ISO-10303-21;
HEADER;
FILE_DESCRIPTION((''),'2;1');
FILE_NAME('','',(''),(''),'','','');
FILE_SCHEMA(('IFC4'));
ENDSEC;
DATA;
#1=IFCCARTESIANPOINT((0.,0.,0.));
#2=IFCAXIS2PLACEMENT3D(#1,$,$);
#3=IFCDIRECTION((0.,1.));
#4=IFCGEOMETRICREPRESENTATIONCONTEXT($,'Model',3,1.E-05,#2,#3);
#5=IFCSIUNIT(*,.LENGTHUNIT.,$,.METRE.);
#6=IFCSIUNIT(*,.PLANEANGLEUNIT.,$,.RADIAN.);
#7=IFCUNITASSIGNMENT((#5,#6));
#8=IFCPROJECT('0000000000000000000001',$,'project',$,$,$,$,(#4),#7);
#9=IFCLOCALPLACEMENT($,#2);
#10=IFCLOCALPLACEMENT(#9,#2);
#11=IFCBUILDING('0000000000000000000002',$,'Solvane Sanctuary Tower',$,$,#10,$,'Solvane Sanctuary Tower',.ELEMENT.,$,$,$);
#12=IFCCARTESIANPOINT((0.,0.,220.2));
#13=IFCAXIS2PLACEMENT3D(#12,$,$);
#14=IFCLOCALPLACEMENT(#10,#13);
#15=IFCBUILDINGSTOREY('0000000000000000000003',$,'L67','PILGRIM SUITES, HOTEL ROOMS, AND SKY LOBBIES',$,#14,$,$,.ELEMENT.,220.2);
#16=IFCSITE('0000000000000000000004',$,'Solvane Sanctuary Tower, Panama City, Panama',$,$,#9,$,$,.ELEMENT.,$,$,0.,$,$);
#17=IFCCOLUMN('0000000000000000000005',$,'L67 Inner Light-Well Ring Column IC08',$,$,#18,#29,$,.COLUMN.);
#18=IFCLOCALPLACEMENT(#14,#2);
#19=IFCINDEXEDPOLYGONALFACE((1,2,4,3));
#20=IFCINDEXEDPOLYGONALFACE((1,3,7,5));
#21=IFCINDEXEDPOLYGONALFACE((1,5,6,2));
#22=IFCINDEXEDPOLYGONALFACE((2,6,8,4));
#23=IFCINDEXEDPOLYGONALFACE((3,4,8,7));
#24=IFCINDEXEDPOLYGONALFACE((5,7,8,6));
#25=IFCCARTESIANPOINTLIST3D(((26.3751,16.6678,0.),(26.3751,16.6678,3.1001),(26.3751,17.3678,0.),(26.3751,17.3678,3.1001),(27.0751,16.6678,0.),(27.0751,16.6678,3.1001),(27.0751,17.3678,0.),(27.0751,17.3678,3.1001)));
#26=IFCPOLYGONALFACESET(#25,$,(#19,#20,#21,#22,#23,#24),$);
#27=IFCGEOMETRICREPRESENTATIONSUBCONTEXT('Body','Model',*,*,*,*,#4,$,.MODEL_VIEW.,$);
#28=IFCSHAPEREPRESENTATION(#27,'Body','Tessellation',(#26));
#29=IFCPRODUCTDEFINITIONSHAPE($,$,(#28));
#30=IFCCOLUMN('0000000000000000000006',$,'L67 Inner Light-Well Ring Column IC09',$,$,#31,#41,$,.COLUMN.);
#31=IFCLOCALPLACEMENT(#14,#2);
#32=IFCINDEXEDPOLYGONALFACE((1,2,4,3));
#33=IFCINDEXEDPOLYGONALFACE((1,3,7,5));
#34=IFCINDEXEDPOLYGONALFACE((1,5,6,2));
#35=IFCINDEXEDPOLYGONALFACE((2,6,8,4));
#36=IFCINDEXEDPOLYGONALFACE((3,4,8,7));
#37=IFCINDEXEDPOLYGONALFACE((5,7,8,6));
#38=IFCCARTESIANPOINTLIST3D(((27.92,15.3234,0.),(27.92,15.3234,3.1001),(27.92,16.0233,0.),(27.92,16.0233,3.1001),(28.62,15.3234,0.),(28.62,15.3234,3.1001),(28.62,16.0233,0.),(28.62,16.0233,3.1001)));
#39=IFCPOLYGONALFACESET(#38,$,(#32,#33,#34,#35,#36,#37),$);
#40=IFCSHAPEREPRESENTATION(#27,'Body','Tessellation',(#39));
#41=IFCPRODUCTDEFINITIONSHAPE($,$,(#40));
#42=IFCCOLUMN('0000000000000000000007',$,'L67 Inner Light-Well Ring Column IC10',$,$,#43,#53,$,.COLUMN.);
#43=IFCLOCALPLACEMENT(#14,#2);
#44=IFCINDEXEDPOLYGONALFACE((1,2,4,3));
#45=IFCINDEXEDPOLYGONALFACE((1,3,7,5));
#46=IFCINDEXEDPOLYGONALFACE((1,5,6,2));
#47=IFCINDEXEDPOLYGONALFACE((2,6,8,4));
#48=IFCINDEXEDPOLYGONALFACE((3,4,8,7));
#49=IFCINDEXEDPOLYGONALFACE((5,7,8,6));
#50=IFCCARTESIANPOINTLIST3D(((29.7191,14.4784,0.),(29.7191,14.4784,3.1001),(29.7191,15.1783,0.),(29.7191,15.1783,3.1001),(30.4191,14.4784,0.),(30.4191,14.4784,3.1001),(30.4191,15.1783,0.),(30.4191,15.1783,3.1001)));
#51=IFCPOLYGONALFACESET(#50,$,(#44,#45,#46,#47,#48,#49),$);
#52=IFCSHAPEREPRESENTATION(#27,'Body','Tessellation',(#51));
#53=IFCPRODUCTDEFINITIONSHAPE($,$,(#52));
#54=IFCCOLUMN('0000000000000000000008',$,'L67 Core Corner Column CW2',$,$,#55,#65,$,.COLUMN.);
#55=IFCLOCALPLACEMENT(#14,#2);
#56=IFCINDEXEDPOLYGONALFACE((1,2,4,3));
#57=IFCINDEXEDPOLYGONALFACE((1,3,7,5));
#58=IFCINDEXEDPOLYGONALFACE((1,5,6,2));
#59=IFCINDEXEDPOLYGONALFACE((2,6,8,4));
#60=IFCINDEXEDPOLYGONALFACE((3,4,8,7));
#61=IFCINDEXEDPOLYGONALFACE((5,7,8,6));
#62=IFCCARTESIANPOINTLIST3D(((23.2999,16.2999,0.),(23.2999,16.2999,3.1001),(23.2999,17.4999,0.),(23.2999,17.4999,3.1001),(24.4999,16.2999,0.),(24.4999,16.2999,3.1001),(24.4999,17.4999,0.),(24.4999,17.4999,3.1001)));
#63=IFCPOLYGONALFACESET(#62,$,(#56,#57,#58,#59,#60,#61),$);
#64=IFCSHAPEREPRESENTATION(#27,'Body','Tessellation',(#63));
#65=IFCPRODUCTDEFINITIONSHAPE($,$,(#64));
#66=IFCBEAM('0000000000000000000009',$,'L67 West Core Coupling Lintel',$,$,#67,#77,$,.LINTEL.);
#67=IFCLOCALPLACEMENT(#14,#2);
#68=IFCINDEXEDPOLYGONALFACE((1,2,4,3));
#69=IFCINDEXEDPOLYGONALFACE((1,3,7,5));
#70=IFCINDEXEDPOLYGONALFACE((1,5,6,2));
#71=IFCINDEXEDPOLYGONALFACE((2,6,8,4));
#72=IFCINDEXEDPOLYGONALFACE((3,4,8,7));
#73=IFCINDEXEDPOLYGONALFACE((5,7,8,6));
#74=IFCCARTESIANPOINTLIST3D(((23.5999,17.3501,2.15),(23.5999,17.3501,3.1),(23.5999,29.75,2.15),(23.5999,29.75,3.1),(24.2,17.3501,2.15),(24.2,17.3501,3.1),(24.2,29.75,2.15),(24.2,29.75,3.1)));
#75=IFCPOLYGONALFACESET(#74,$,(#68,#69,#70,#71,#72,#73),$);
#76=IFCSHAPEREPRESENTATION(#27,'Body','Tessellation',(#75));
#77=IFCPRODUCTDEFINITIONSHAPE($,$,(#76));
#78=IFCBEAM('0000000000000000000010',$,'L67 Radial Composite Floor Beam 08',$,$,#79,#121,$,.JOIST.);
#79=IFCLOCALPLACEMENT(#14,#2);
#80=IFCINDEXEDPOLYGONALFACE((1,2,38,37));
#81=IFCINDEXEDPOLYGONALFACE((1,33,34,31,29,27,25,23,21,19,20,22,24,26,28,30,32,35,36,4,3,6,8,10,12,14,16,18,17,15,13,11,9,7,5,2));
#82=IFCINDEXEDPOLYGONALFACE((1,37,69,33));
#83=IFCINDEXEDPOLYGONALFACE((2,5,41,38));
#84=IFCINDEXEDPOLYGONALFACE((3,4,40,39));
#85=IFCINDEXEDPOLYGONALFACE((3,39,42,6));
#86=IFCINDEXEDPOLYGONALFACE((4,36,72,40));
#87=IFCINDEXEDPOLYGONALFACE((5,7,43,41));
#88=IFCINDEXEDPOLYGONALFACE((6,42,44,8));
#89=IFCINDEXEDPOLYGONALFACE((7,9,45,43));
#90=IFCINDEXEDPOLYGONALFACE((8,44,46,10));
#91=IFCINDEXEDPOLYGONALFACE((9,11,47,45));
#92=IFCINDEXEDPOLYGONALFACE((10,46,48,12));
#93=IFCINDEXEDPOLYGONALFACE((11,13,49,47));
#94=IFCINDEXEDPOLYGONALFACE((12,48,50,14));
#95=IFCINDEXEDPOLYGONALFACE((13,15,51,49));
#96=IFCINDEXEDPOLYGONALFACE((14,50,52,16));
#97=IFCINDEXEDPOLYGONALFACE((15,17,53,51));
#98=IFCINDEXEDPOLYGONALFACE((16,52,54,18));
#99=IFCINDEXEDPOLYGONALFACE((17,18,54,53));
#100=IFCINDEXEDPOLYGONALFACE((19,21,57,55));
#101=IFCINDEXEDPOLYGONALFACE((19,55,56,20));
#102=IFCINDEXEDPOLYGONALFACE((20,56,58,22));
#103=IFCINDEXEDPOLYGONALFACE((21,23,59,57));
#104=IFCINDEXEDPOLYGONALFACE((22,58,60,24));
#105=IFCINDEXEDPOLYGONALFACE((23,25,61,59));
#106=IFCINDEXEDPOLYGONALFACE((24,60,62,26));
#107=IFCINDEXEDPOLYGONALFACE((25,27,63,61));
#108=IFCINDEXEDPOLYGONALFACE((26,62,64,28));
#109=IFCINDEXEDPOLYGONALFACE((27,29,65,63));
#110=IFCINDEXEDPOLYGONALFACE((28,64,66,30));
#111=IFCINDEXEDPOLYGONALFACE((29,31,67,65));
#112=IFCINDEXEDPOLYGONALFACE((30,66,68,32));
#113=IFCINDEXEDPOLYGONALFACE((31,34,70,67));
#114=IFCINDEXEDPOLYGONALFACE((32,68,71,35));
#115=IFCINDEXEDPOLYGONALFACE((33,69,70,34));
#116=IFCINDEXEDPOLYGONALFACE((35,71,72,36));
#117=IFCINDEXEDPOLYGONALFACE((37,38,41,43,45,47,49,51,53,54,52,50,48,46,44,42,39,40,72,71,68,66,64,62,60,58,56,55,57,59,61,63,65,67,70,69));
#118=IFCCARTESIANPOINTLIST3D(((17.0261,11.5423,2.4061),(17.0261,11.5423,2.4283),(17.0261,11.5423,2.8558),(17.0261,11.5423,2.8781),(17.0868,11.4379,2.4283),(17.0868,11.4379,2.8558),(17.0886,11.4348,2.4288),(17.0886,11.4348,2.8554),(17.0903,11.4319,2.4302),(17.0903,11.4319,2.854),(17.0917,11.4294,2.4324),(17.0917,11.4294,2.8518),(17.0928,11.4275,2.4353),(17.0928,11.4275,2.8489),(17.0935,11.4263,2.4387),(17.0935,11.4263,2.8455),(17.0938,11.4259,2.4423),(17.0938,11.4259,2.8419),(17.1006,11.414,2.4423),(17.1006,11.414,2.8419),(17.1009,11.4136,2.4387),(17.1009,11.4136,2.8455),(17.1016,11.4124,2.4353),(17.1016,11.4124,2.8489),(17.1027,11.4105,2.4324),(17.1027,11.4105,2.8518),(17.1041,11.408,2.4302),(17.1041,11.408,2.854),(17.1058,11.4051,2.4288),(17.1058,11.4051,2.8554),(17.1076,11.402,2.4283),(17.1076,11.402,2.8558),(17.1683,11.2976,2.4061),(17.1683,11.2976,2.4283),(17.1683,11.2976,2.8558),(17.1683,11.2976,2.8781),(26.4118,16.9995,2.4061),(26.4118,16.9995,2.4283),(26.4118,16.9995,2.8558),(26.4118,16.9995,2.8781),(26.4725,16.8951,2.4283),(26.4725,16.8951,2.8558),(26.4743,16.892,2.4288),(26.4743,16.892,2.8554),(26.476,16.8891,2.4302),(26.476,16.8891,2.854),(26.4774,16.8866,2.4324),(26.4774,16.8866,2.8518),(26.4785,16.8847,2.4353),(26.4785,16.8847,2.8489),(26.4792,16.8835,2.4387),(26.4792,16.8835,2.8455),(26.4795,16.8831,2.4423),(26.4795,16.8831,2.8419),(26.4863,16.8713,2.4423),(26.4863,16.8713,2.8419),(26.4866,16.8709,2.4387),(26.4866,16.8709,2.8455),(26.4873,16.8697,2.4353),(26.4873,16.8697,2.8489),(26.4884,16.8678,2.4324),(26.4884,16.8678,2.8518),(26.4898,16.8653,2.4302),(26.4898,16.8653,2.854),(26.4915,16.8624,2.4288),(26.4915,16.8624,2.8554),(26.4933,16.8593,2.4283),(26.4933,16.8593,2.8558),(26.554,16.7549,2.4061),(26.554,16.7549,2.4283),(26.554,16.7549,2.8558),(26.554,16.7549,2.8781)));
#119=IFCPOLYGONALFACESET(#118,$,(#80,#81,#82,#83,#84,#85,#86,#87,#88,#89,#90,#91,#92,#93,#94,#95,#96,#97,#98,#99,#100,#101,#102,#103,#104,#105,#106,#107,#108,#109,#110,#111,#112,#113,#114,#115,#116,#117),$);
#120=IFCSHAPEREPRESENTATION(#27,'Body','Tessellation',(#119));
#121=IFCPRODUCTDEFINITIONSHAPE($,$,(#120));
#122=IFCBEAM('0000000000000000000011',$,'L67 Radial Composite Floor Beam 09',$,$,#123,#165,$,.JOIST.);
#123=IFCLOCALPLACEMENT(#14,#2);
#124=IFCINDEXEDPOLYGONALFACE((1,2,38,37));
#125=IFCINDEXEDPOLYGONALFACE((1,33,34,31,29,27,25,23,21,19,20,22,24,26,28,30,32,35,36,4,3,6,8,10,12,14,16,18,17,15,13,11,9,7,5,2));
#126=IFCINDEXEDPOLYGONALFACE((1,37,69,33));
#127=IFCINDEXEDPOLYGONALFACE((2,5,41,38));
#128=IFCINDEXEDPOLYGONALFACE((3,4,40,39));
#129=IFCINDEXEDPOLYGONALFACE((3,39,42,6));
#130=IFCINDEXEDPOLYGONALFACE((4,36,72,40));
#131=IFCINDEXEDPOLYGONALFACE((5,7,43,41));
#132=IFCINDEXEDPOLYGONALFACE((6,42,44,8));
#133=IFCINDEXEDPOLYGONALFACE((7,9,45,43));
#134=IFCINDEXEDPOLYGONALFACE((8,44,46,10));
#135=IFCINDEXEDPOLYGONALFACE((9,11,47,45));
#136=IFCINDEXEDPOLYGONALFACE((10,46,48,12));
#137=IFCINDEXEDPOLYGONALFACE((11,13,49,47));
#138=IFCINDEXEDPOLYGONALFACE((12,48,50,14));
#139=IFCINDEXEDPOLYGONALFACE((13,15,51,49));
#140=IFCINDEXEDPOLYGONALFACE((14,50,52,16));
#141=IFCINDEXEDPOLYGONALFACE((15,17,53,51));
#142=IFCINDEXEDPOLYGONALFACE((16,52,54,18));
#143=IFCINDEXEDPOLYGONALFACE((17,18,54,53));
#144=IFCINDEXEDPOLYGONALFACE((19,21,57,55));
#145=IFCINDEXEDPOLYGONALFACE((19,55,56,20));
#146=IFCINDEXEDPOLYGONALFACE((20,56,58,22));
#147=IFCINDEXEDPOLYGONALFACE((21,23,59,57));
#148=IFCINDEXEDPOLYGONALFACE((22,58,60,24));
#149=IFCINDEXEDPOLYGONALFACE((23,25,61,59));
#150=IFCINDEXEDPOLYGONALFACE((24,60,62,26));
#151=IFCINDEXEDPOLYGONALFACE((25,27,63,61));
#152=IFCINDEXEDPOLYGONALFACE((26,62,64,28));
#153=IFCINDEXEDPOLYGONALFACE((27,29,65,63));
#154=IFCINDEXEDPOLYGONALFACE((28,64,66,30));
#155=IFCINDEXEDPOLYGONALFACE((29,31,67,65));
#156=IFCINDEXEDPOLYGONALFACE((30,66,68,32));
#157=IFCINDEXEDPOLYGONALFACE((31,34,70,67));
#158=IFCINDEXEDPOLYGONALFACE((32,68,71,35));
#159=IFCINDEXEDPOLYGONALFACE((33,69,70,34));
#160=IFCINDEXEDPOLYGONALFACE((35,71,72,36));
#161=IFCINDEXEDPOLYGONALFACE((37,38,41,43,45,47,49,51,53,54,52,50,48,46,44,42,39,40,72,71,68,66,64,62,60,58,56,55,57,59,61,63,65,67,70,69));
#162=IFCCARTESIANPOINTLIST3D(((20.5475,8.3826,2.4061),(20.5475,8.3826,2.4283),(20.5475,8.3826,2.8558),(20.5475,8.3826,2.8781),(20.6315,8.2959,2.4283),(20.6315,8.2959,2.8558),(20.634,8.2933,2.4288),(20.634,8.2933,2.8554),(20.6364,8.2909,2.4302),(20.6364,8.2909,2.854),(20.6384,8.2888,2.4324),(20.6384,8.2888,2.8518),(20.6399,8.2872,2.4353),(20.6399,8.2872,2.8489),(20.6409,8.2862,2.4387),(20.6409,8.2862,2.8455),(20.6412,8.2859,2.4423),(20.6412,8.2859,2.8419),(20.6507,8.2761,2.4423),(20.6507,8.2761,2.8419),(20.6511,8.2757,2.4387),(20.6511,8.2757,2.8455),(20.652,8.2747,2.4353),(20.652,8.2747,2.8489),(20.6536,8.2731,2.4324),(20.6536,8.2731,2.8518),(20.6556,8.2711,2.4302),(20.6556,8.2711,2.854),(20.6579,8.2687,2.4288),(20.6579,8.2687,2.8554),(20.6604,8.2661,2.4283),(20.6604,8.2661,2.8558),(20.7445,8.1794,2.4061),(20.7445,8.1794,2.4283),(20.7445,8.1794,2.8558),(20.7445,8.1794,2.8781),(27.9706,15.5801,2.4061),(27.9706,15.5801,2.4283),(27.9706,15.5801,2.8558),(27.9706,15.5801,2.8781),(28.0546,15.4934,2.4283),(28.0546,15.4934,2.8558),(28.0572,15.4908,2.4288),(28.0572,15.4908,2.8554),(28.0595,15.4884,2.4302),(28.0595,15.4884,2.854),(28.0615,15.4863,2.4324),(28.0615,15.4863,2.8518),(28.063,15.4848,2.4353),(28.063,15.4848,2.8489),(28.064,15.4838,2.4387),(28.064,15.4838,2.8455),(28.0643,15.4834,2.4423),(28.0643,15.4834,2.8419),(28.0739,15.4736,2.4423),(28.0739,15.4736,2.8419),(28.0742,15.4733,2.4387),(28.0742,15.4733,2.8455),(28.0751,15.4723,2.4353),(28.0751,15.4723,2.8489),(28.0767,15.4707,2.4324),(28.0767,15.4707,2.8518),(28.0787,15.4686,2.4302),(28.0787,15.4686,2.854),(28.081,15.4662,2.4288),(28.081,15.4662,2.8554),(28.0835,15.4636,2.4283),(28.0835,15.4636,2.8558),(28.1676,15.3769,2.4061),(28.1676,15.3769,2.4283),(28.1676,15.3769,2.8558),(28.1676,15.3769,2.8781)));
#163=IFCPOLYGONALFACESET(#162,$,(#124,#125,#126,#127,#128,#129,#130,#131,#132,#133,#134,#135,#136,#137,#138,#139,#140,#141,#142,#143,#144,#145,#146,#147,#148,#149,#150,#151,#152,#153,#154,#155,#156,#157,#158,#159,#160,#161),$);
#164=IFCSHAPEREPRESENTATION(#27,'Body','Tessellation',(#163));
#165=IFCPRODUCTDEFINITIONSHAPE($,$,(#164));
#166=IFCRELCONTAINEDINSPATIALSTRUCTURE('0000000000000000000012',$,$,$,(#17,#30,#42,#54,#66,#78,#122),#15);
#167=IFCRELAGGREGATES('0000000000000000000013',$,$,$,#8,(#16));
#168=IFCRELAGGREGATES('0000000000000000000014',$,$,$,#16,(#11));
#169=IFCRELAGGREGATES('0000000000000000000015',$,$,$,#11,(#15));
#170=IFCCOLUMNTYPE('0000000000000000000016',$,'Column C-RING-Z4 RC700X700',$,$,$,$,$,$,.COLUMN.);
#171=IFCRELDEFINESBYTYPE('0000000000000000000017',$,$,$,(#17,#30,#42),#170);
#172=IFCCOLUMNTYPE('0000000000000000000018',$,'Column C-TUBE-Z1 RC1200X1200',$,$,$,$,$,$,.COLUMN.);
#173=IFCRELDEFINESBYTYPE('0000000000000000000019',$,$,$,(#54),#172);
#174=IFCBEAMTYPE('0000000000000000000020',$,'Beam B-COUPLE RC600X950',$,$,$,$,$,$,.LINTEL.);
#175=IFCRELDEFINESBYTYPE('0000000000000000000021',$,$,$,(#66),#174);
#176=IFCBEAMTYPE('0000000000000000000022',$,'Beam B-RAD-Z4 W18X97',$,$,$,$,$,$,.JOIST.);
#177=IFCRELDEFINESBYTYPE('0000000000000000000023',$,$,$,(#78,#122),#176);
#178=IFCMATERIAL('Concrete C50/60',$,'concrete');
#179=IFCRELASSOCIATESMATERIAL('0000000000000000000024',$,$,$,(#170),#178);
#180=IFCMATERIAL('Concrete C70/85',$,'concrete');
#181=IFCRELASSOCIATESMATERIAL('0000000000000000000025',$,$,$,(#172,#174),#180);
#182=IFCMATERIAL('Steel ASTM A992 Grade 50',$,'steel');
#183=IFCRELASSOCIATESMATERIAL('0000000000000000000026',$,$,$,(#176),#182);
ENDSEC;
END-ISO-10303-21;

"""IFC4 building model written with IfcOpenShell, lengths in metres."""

from ifc_helpers import new_model, si_unit, direction, frame, origin, origin_2d, place, context, subcontext, project, spatial, rectangle, i_section, extrude, material, material_profile, profile_set, type_object, element, save


model = new_model("IFC4")

# Units and contexts
model_context = context("Model", 3, precision=1e-05, world=origin(), true_north=direction((0.0, 1.0)))
body_context = subcontext(model_context, "Body", "Model", "MODEL_VIEW")
ifc_project = project(units=[si_unit("LENGTHUNIT", "METRE"), si_unit("PLANEANGLEUNIT", "RADIAN")], contexts=[model_context])

# Site, building, storey
site_placement = place(None, origin())
site = spatial("IfcSite", under=ifc_project, at=site_placement, Name="Solvane Sanctuary Tower, Panama City, Panama", CompositionType="ELEMENT", RefElevation=0.0)
building_placement = place(site_placement, origin())
building = spatial("IfcBuilding", under=site, at=building_placement, Name="Solvane Sanctuary Tower", LongName="Solvane Sanctuary Tower", CompositionType="ELEMENT")
storey_placement = place(building_placement, frame((0.0, 0.0, 220.2)))
storey = spatial("IfcBuildingStorey", under=building, at=storey_placement, Name="L67", Description="PILGRIM SUITES, HOTEL ROOMS, AND SKY LOBBIES", CompositionType="ELEMENT", Elevation=220.2)

# Columns
ifc_material_1 = material(Name="Concrete C50/60", Category="concrete")
ifc_material_profile_1 = material_profile(ifc_material_1, rectangle(XDim=0.7, YDim=0.7, at=origin_2d()), Name="RC700X700")
ifc_profile_set_1 = profile_set([ifc_material_profile_1], Name="Concrete C50/60")
column_type_1 = type_object("IfcColumnType", Name="Column C-RING-Z4 RC700X700", PredefinedType="COLUMN", material=ifc_profile_set_1)
for number, where, z_axis, x_axis, name in (
    (1, (26.7251, 17.0178, 0.0), (0.0, 0.0, 1.0), (1.0, 0.0, 0.0), "L67 Inner Light-Well Ring Column IC08"),
    (2, (28.27, 15.6733, 0.0), (0.0, 0.0, 1.0), (1.0, 0.0, 0.0), "L67 Inner Light-Well Ring Column IC09"),
    (3, (30.0691, 14.8284, 0.0), (0.0, 0.0, 1.0), (1.0, 0.0, 0.0), "L67 Inner Light-Well Ring Column IC10"),
):
    element("IfcColumn", number, at=place(storey_placement, frame(where, z_axis=z_axis, x_axis=x_axis)), inside=storey, type_object=column_type_1, Name=name, PredefinedType="COLUMN", context=body_context, shape_type="SweptSolid", body=[
        extrude(rectangle(XDim=0.7, YDim=0.7, at=origin_2d()), origin(), (0.0, 0.0, 1.0), 3.1001),
    ])
ifc_material_2 = material(Name="Concrete C70/85", Category="concrete")
ifc_material_profile_2 = material_profile(ifc_material_2, rectangle(XDim=1.2, YDim=1.2, at=origin_2d()), Name="RC1200X1200")
ifc_profile_set_2 = profile_set([ifc_material_profile_2], Name="Concrete C70/85")
column_type_2 = type_object("IfcColumnType", Name="Column C-TUBE-Z1 RC1200X1200", PredefinedType="COLUMN", material=ifc_profile_set_2)
column_placement = place(storey_placement, frame((23.8999, 16.8999, 0.0), z_axis=(0.0, 0.0, 1.0), x_axis=(1.0, 0.0, 0.0)))
element("IfcColumn", 4, at=column_placement, inside=storey, type_object=column_type_2, Name="L67 Core Corner Column CW2", PredefinedType="COLUMN", context=body_context, shape_type="SweptSolid", body=[
    extrude(rectangle(XDim=1.2, YDim=1.2, at=origin_2d()), origin(), (0.0, 0.0, 1.0), 3.1001),
])

# Beams
ifc_material_profile_3 = material_profile(ifc_material_2, rectangle(XDim=0.6001, YDim=0.95, at=origin_2d()), Name="RC600X950")
ifc_profile_set_3 = profile_set([ifc_material_profile_3], Name="Concrete C70/85")
beam_type_1 = type_object("IfcBeamType", Name="Beam B-COUPLE RC600X950", PredefinedType="LINTEL", material=ifc_profile_set_3)
beam_1_placement = place(storey_placement, frame((23.8999, 17.3501, 2.625), z_axis=(0.0, 1.0, 0.0), x_axis=(-1.0, 0.0, 0.0)))
element("IfcBeam", 5, at=beam_1_placement, inside=storey, type_object=beam_type_1, Name="L67 West Core Coupling Lintel", PredefinedType="LINTEL", context=body_context, shape_type="SweptSolid", body=[
    extrude(rectangle(XDim=0.6001, YDim=0.95, at=origin_2d()), origin(), (0.0, 0.0, 1.0), 12.3999),
])
ifc_material_3 = material(Name="Steel ASTM A992 Grade 50", Category="steel")
ifc_material_profile_4 = material_profile(ifc_material_3, i_section(OverallWidth=0.283, OverallDepth=0.4719, WebThickness=0.0137, FlangeThickness=0.0222, FilletRadius=0.0139, at=origin_2d()), Name="W18X97")
ifc_profile_set_4 = profile_set([ifc_material_profile_4], Name="Steel ASTM A992 Grade 50")
beam_type_2 = type_object("IfcBeamType", Name="Beam B-RAD-Z4 W18X97", PredefinedType="JOIST", material=ifc_profile_set_4)
beam_2_placement = place(storey_placement, frame((26.4829, 16.8772, 2.6421), z_axis=(-0.864489, -0.502651, 0.0), x_axis=(0.502651, -0.864489, 0.0)))
element("IfcBeam", 6, at=beam_2_placement, inside=storey, type_object=beam_type_2, Name="L67 Radial Composite Floor Beam 08", PredefinedType="JOIST", context=body_context, shape_type="SweptSolid", body=[
    extrude(i_section(OverallWidth=0.283, OverallDepth=0.4719, WebThickness=0.0137, FlangeThickness=0.0222, FilletRadius=0.0139, at=origin_2d()), origin(), (0.0, 0.0, 1.0), 10.8569),
])
beam_3_placement = place(storey_placement, frame((28.0691, 15.4785, 2.6421), z_axis=(-0.717932, -0.696114, 0.0), x_axis=(0.696114, -0.717932, 0.0)))
element("IfcBeam", 7, at=beam_3_placement, inside=storey, type_object=beam_type_2, Name="L67 Radial Composite Floor Beam 09", PredefinedType="JOIST", context=body_context, shape_type="SweptSolid", body=[
    extrude(i_section(OverallWidth=0.283, OverallDepth=0.4719, WebThickness=0.0137, FlangeThickness=0.0222, FilletRadius=0.0139, at=origin_2d()), origin(), (0.0, 0.0, 1.0), 10.3396),
])

save(model, "model.ifc")
